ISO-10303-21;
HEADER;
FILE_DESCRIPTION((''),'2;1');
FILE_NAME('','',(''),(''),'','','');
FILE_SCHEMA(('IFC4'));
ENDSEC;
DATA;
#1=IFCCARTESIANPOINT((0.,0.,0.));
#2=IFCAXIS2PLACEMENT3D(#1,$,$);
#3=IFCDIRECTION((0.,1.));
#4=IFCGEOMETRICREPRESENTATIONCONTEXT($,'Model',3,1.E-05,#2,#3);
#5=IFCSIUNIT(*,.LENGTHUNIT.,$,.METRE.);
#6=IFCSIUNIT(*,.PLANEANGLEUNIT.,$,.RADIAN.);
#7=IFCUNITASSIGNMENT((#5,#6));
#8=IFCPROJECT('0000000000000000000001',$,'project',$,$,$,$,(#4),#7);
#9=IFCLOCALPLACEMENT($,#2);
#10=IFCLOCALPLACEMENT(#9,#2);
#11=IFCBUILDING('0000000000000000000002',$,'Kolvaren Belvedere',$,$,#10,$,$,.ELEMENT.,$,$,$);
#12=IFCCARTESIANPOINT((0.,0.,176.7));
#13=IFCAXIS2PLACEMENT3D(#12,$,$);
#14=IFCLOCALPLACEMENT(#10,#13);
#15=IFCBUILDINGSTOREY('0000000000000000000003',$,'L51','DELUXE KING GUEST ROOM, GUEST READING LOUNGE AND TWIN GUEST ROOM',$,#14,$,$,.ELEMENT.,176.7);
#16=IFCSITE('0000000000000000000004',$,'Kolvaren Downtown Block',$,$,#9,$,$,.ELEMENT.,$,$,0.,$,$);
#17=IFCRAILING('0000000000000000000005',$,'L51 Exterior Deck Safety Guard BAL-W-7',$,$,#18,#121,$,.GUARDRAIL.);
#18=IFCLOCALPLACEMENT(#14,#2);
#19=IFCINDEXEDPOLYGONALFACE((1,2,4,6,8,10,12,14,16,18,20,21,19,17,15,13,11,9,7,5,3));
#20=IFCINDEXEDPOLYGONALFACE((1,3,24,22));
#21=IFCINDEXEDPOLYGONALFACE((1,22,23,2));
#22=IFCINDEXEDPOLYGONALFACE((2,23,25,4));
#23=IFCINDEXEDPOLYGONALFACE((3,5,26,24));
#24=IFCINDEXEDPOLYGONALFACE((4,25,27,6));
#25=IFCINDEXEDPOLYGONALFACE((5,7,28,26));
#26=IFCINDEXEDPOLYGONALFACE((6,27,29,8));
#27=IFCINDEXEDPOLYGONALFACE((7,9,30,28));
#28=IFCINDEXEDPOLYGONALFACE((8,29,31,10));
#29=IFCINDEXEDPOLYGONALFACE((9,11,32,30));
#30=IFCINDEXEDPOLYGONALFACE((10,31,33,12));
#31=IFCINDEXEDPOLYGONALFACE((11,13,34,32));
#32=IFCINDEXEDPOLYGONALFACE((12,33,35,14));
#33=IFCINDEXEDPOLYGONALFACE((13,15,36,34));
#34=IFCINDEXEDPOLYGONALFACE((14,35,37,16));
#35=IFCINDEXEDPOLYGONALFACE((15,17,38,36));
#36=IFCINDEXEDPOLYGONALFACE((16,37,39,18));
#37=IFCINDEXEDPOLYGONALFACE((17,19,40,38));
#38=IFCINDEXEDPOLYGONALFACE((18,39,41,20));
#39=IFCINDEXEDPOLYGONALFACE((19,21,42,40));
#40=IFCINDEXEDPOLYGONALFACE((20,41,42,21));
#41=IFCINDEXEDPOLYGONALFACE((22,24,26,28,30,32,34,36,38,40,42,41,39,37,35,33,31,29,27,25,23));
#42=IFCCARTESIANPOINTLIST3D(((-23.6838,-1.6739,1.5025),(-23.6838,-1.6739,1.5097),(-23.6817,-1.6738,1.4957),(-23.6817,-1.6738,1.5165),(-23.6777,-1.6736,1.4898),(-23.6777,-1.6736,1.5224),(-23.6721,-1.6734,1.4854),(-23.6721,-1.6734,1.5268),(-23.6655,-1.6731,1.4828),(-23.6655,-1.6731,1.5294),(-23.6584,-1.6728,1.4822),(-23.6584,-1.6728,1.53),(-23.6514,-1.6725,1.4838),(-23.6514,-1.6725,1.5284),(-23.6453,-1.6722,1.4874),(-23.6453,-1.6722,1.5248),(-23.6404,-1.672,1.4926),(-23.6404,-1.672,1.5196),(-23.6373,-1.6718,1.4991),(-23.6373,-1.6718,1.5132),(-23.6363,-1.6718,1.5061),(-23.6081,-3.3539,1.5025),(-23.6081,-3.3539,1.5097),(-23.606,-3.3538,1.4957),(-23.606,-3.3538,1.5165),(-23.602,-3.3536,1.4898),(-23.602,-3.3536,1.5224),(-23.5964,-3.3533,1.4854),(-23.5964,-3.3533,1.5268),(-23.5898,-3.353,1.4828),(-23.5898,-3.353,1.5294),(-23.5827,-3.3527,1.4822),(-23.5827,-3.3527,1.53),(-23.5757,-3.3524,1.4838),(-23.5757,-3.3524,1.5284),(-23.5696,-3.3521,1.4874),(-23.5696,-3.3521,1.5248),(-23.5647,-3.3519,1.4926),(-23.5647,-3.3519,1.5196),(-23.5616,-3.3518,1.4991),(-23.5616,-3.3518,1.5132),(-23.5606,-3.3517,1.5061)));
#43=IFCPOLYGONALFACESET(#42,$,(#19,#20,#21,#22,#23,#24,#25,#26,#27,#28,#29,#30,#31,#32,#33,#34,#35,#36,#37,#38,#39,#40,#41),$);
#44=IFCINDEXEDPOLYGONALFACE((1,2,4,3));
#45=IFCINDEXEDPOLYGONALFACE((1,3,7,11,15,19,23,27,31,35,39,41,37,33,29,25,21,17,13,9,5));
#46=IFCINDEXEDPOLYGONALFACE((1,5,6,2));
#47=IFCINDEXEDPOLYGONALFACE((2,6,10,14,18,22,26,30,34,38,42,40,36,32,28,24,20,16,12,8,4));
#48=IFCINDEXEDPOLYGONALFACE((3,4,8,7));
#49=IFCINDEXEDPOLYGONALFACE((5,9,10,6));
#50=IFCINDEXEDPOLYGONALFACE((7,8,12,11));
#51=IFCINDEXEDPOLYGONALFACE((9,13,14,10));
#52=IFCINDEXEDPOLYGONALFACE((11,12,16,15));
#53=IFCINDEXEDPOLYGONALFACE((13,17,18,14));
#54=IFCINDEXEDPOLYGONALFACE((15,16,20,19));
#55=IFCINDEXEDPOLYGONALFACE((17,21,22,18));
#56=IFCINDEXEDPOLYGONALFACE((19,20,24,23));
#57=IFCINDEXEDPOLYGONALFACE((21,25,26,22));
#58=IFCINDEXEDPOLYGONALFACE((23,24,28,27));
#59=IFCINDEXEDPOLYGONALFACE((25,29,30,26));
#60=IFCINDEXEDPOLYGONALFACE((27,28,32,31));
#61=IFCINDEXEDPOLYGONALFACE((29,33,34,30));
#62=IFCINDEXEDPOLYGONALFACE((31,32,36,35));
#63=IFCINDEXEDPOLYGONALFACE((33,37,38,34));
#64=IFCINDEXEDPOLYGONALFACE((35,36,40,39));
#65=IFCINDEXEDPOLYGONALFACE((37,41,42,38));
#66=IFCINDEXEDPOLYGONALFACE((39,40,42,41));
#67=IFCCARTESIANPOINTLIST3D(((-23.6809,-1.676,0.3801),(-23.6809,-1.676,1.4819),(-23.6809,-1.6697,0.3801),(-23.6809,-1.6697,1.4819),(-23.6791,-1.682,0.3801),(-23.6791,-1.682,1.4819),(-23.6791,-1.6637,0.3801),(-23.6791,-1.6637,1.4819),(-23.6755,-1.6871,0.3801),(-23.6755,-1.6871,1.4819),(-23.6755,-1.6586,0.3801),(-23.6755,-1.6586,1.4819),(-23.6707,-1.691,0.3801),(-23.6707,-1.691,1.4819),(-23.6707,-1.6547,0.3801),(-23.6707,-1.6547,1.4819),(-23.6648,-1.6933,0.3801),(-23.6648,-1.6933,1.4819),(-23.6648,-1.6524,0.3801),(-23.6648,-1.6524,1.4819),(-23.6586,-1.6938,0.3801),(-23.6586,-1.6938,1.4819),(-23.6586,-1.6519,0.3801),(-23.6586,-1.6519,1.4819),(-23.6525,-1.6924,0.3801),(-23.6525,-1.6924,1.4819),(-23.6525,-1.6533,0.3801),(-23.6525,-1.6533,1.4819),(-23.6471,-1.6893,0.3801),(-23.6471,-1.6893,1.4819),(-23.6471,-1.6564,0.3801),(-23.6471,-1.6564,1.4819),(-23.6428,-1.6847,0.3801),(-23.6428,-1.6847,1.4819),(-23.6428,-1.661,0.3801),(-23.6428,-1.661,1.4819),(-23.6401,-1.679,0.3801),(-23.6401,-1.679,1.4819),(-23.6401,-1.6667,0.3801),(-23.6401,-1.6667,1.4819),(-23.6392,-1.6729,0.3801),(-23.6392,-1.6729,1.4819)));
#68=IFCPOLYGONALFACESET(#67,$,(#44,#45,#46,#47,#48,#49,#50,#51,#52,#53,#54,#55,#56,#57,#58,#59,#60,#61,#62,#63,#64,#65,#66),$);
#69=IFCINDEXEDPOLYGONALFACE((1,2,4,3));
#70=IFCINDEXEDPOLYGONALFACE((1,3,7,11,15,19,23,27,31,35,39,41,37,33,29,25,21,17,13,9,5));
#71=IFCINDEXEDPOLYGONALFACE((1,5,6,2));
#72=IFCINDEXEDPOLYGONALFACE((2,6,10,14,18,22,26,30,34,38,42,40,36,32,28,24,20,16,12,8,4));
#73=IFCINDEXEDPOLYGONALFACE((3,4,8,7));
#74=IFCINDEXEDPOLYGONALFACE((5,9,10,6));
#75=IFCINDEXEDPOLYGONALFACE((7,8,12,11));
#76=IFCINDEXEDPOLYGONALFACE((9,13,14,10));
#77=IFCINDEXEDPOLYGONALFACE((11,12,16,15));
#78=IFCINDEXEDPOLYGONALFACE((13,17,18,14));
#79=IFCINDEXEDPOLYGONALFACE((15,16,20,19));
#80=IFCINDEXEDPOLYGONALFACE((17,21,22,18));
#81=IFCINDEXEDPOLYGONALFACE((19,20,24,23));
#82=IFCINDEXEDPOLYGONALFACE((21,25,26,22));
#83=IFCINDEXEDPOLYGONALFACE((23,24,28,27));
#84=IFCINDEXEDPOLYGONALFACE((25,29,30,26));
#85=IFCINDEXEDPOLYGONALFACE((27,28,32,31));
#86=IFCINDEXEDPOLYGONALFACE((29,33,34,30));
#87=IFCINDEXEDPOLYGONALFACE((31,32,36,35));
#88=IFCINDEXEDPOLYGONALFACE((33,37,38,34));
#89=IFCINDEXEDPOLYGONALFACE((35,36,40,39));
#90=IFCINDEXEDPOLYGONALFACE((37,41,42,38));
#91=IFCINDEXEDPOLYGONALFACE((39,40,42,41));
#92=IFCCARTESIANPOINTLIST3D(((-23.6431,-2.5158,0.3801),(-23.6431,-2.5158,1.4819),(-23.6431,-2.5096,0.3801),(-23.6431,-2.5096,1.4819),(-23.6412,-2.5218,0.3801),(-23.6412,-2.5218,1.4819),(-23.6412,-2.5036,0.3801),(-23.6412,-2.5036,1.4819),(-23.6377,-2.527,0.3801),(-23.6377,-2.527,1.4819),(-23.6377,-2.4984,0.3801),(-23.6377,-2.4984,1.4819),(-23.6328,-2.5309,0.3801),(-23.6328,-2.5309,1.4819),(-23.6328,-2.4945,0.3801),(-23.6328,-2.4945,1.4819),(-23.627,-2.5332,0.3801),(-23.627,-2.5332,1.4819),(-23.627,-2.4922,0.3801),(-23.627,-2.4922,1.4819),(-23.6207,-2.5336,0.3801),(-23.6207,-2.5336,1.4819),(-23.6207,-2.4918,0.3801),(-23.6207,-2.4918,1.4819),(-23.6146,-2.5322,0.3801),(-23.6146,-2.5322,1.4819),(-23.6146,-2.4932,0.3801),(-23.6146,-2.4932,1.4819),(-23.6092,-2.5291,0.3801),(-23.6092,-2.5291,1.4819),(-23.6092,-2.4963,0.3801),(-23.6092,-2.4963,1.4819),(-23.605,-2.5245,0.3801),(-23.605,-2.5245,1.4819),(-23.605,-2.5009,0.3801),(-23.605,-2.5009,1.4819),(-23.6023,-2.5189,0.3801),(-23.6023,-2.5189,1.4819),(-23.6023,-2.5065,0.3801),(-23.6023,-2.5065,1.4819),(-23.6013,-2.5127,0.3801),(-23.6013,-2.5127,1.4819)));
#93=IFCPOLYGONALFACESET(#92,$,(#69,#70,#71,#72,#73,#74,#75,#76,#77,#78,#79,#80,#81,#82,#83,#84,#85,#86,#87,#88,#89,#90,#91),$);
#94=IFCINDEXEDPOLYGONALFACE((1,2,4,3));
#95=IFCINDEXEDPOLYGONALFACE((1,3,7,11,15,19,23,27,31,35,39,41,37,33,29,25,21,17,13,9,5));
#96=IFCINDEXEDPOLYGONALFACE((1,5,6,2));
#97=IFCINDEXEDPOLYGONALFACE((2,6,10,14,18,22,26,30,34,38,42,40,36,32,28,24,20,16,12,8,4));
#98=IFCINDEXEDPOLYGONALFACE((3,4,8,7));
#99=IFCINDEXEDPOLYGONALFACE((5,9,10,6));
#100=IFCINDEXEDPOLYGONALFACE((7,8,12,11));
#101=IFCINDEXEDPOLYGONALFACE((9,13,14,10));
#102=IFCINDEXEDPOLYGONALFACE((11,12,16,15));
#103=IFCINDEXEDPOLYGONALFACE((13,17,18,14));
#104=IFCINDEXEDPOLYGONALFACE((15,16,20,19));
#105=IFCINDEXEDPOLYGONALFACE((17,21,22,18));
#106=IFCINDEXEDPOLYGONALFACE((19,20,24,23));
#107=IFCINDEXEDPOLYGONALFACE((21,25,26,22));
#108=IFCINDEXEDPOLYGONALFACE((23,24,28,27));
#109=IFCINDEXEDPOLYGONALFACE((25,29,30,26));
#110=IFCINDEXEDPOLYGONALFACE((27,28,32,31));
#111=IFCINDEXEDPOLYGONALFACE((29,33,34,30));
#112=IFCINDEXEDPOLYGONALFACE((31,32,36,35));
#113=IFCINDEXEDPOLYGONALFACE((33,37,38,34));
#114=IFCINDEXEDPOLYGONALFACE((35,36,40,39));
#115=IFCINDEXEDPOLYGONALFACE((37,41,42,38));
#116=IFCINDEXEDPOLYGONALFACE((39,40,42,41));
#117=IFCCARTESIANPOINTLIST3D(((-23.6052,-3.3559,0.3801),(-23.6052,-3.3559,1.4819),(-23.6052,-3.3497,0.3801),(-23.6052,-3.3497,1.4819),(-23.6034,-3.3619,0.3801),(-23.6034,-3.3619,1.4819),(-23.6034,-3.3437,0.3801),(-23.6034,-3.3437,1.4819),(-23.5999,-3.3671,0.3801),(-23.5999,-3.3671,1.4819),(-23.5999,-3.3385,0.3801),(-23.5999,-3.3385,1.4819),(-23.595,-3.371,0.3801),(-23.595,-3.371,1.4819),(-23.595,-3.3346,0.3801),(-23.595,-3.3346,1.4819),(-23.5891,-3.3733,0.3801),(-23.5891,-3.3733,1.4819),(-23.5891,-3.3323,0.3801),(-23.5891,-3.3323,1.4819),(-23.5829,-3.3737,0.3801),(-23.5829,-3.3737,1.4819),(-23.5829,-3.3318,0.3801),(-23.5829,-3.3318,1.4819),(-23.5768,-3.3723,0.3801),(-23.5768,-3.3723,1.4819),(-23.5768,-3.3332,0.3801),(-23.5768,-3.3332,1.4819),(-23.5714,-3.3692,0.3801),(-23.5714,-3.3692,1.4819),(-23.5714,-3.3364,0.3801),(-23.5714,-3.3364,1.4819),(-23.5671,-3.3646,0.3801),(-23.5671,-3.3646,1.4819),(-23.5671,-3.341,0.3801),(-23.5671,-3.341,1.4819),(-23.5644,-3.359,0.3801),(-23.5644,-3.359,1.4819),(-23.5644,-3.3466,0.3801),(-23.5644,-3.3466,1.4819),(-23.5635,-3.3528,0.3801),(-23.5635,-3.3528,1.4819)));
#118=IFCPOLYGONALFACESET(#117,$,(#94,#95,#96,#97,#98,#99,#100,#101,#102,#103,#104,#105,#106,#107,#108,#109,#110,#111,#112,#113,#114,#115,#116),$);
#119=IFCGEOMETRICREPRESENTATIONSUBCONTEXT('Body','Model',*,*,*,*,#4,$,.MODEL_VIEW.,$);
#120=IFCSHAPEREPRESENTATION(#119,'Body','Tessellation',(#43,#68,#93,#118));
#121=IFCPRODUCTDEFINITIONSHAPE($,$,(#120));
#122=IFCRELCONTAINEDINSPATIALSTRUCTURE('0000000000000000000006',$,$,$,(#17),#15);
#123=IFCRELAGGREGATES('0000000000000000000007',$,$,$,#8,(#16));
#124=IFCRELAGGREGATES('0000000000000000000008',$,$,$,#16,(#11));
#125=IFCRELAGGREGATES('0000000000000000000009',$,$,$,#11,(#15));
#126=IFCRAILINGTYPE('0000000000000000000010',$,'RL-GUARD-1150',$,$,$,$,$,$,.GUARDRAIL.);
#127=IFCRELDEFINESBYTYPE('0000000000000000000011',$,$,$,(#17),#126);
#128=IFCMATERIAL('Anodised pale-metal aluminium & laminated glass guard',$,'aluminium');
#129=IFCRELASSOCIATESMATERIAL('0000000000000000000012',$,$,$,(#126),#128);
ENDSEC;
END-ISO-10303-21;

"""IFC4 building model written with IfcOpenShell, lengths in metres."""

from ifc_helpers import new_model, si_unit, direction, frame, origin, origin_2d, place, context, subcontext, project, spatial, circle, extrude, material, type_object, element, save


model = new_model("IFC4")

# Units and contexts
model_context = context("Model", 3, precision=1e-05, world=origin(), true_north=direction((0.0, 1.0)))
body_context = subcontext(model_context, "Body", "Model", "MODEL_VIEW")
ifc_project = project(units=[si_unit("LENGTHUNIT", "METRE"), si_unit("PLANEANGLEUNIT", "RADIAN")], contexts=[model_context])

# Site, building, storey
site_placement = place(None, origin())
site = spatial("IfcSite", under=ifc_project, at=site_placement, Name="Kolvaren Downtown Block", CompositionType="ELEMENT", RefElevation=0.0)
building_placement = place(site_placement, origin())
building = spatial("IfcBuilding", under=site, at=building_placement, Name="Kolvaren Belvedere", CompositionType="ELEMENT")
storey_placement = place(building_placement, frame((0.0, 0.0, 176.7)))
storey = spatial("IfcBuildingStorey", under=building, at=storey_placement, Name="L51", Description="DELUXE KING GUEST ROOM, GUEST READING LOUNGE AND TWIN GUEST ROOM", CompositionType="ELEMENT", Elevation=176.7)

# Railing
ifc_material_1 = material(Name="Anodised pale-metal aluminium & laminated glass guard", Category="aluminium")
railing_type = type_object("IfcRailingType", Name="RL-GUARD-1150", PredefinedType="GUARDRAIL", material=ifc_material_1)
railing_1_placement = place(storey_placement, frame((-23.6602, -1.6729, 0.3801)))
element("IfcRailing", 1, at=railing_1_placement, inside=storey, type_object=railing_type, Name="L51 Exterior Deck Safety Guard BAL-W-7", PredefinedType="GUARDRAIL", context=body_context, shape_type="SweptSolid", body=[
    extrude(circle(Radius=0.0239, at=origin_2d()), frame((0.0, 0.0, 1.126), z_axis=(0.045006, -0.998987, 0.0), x_axis=(0.998987, 0.045006, 0.0)), (0.0, 0.0, 1.0), 1.6816),
    extrude(circle(Radius=0.021, at=origin_2d()), origin(), (0.0, 0.0, 1.0), 1.1018),
    extrude(circle(Radius=0.021, at=origin_2d()), frame((0.0378, -0.8398, 0.0)), (0.0, 0.0, 1.0), 1.1018),
    extrude(circle(Radius=0.021, at=origin_2d()), frame((0.0757, -1.6799, 0.0)), (0.0, 0.0, 1.0), 1.1018),
])

save(model, "model.ifc")
